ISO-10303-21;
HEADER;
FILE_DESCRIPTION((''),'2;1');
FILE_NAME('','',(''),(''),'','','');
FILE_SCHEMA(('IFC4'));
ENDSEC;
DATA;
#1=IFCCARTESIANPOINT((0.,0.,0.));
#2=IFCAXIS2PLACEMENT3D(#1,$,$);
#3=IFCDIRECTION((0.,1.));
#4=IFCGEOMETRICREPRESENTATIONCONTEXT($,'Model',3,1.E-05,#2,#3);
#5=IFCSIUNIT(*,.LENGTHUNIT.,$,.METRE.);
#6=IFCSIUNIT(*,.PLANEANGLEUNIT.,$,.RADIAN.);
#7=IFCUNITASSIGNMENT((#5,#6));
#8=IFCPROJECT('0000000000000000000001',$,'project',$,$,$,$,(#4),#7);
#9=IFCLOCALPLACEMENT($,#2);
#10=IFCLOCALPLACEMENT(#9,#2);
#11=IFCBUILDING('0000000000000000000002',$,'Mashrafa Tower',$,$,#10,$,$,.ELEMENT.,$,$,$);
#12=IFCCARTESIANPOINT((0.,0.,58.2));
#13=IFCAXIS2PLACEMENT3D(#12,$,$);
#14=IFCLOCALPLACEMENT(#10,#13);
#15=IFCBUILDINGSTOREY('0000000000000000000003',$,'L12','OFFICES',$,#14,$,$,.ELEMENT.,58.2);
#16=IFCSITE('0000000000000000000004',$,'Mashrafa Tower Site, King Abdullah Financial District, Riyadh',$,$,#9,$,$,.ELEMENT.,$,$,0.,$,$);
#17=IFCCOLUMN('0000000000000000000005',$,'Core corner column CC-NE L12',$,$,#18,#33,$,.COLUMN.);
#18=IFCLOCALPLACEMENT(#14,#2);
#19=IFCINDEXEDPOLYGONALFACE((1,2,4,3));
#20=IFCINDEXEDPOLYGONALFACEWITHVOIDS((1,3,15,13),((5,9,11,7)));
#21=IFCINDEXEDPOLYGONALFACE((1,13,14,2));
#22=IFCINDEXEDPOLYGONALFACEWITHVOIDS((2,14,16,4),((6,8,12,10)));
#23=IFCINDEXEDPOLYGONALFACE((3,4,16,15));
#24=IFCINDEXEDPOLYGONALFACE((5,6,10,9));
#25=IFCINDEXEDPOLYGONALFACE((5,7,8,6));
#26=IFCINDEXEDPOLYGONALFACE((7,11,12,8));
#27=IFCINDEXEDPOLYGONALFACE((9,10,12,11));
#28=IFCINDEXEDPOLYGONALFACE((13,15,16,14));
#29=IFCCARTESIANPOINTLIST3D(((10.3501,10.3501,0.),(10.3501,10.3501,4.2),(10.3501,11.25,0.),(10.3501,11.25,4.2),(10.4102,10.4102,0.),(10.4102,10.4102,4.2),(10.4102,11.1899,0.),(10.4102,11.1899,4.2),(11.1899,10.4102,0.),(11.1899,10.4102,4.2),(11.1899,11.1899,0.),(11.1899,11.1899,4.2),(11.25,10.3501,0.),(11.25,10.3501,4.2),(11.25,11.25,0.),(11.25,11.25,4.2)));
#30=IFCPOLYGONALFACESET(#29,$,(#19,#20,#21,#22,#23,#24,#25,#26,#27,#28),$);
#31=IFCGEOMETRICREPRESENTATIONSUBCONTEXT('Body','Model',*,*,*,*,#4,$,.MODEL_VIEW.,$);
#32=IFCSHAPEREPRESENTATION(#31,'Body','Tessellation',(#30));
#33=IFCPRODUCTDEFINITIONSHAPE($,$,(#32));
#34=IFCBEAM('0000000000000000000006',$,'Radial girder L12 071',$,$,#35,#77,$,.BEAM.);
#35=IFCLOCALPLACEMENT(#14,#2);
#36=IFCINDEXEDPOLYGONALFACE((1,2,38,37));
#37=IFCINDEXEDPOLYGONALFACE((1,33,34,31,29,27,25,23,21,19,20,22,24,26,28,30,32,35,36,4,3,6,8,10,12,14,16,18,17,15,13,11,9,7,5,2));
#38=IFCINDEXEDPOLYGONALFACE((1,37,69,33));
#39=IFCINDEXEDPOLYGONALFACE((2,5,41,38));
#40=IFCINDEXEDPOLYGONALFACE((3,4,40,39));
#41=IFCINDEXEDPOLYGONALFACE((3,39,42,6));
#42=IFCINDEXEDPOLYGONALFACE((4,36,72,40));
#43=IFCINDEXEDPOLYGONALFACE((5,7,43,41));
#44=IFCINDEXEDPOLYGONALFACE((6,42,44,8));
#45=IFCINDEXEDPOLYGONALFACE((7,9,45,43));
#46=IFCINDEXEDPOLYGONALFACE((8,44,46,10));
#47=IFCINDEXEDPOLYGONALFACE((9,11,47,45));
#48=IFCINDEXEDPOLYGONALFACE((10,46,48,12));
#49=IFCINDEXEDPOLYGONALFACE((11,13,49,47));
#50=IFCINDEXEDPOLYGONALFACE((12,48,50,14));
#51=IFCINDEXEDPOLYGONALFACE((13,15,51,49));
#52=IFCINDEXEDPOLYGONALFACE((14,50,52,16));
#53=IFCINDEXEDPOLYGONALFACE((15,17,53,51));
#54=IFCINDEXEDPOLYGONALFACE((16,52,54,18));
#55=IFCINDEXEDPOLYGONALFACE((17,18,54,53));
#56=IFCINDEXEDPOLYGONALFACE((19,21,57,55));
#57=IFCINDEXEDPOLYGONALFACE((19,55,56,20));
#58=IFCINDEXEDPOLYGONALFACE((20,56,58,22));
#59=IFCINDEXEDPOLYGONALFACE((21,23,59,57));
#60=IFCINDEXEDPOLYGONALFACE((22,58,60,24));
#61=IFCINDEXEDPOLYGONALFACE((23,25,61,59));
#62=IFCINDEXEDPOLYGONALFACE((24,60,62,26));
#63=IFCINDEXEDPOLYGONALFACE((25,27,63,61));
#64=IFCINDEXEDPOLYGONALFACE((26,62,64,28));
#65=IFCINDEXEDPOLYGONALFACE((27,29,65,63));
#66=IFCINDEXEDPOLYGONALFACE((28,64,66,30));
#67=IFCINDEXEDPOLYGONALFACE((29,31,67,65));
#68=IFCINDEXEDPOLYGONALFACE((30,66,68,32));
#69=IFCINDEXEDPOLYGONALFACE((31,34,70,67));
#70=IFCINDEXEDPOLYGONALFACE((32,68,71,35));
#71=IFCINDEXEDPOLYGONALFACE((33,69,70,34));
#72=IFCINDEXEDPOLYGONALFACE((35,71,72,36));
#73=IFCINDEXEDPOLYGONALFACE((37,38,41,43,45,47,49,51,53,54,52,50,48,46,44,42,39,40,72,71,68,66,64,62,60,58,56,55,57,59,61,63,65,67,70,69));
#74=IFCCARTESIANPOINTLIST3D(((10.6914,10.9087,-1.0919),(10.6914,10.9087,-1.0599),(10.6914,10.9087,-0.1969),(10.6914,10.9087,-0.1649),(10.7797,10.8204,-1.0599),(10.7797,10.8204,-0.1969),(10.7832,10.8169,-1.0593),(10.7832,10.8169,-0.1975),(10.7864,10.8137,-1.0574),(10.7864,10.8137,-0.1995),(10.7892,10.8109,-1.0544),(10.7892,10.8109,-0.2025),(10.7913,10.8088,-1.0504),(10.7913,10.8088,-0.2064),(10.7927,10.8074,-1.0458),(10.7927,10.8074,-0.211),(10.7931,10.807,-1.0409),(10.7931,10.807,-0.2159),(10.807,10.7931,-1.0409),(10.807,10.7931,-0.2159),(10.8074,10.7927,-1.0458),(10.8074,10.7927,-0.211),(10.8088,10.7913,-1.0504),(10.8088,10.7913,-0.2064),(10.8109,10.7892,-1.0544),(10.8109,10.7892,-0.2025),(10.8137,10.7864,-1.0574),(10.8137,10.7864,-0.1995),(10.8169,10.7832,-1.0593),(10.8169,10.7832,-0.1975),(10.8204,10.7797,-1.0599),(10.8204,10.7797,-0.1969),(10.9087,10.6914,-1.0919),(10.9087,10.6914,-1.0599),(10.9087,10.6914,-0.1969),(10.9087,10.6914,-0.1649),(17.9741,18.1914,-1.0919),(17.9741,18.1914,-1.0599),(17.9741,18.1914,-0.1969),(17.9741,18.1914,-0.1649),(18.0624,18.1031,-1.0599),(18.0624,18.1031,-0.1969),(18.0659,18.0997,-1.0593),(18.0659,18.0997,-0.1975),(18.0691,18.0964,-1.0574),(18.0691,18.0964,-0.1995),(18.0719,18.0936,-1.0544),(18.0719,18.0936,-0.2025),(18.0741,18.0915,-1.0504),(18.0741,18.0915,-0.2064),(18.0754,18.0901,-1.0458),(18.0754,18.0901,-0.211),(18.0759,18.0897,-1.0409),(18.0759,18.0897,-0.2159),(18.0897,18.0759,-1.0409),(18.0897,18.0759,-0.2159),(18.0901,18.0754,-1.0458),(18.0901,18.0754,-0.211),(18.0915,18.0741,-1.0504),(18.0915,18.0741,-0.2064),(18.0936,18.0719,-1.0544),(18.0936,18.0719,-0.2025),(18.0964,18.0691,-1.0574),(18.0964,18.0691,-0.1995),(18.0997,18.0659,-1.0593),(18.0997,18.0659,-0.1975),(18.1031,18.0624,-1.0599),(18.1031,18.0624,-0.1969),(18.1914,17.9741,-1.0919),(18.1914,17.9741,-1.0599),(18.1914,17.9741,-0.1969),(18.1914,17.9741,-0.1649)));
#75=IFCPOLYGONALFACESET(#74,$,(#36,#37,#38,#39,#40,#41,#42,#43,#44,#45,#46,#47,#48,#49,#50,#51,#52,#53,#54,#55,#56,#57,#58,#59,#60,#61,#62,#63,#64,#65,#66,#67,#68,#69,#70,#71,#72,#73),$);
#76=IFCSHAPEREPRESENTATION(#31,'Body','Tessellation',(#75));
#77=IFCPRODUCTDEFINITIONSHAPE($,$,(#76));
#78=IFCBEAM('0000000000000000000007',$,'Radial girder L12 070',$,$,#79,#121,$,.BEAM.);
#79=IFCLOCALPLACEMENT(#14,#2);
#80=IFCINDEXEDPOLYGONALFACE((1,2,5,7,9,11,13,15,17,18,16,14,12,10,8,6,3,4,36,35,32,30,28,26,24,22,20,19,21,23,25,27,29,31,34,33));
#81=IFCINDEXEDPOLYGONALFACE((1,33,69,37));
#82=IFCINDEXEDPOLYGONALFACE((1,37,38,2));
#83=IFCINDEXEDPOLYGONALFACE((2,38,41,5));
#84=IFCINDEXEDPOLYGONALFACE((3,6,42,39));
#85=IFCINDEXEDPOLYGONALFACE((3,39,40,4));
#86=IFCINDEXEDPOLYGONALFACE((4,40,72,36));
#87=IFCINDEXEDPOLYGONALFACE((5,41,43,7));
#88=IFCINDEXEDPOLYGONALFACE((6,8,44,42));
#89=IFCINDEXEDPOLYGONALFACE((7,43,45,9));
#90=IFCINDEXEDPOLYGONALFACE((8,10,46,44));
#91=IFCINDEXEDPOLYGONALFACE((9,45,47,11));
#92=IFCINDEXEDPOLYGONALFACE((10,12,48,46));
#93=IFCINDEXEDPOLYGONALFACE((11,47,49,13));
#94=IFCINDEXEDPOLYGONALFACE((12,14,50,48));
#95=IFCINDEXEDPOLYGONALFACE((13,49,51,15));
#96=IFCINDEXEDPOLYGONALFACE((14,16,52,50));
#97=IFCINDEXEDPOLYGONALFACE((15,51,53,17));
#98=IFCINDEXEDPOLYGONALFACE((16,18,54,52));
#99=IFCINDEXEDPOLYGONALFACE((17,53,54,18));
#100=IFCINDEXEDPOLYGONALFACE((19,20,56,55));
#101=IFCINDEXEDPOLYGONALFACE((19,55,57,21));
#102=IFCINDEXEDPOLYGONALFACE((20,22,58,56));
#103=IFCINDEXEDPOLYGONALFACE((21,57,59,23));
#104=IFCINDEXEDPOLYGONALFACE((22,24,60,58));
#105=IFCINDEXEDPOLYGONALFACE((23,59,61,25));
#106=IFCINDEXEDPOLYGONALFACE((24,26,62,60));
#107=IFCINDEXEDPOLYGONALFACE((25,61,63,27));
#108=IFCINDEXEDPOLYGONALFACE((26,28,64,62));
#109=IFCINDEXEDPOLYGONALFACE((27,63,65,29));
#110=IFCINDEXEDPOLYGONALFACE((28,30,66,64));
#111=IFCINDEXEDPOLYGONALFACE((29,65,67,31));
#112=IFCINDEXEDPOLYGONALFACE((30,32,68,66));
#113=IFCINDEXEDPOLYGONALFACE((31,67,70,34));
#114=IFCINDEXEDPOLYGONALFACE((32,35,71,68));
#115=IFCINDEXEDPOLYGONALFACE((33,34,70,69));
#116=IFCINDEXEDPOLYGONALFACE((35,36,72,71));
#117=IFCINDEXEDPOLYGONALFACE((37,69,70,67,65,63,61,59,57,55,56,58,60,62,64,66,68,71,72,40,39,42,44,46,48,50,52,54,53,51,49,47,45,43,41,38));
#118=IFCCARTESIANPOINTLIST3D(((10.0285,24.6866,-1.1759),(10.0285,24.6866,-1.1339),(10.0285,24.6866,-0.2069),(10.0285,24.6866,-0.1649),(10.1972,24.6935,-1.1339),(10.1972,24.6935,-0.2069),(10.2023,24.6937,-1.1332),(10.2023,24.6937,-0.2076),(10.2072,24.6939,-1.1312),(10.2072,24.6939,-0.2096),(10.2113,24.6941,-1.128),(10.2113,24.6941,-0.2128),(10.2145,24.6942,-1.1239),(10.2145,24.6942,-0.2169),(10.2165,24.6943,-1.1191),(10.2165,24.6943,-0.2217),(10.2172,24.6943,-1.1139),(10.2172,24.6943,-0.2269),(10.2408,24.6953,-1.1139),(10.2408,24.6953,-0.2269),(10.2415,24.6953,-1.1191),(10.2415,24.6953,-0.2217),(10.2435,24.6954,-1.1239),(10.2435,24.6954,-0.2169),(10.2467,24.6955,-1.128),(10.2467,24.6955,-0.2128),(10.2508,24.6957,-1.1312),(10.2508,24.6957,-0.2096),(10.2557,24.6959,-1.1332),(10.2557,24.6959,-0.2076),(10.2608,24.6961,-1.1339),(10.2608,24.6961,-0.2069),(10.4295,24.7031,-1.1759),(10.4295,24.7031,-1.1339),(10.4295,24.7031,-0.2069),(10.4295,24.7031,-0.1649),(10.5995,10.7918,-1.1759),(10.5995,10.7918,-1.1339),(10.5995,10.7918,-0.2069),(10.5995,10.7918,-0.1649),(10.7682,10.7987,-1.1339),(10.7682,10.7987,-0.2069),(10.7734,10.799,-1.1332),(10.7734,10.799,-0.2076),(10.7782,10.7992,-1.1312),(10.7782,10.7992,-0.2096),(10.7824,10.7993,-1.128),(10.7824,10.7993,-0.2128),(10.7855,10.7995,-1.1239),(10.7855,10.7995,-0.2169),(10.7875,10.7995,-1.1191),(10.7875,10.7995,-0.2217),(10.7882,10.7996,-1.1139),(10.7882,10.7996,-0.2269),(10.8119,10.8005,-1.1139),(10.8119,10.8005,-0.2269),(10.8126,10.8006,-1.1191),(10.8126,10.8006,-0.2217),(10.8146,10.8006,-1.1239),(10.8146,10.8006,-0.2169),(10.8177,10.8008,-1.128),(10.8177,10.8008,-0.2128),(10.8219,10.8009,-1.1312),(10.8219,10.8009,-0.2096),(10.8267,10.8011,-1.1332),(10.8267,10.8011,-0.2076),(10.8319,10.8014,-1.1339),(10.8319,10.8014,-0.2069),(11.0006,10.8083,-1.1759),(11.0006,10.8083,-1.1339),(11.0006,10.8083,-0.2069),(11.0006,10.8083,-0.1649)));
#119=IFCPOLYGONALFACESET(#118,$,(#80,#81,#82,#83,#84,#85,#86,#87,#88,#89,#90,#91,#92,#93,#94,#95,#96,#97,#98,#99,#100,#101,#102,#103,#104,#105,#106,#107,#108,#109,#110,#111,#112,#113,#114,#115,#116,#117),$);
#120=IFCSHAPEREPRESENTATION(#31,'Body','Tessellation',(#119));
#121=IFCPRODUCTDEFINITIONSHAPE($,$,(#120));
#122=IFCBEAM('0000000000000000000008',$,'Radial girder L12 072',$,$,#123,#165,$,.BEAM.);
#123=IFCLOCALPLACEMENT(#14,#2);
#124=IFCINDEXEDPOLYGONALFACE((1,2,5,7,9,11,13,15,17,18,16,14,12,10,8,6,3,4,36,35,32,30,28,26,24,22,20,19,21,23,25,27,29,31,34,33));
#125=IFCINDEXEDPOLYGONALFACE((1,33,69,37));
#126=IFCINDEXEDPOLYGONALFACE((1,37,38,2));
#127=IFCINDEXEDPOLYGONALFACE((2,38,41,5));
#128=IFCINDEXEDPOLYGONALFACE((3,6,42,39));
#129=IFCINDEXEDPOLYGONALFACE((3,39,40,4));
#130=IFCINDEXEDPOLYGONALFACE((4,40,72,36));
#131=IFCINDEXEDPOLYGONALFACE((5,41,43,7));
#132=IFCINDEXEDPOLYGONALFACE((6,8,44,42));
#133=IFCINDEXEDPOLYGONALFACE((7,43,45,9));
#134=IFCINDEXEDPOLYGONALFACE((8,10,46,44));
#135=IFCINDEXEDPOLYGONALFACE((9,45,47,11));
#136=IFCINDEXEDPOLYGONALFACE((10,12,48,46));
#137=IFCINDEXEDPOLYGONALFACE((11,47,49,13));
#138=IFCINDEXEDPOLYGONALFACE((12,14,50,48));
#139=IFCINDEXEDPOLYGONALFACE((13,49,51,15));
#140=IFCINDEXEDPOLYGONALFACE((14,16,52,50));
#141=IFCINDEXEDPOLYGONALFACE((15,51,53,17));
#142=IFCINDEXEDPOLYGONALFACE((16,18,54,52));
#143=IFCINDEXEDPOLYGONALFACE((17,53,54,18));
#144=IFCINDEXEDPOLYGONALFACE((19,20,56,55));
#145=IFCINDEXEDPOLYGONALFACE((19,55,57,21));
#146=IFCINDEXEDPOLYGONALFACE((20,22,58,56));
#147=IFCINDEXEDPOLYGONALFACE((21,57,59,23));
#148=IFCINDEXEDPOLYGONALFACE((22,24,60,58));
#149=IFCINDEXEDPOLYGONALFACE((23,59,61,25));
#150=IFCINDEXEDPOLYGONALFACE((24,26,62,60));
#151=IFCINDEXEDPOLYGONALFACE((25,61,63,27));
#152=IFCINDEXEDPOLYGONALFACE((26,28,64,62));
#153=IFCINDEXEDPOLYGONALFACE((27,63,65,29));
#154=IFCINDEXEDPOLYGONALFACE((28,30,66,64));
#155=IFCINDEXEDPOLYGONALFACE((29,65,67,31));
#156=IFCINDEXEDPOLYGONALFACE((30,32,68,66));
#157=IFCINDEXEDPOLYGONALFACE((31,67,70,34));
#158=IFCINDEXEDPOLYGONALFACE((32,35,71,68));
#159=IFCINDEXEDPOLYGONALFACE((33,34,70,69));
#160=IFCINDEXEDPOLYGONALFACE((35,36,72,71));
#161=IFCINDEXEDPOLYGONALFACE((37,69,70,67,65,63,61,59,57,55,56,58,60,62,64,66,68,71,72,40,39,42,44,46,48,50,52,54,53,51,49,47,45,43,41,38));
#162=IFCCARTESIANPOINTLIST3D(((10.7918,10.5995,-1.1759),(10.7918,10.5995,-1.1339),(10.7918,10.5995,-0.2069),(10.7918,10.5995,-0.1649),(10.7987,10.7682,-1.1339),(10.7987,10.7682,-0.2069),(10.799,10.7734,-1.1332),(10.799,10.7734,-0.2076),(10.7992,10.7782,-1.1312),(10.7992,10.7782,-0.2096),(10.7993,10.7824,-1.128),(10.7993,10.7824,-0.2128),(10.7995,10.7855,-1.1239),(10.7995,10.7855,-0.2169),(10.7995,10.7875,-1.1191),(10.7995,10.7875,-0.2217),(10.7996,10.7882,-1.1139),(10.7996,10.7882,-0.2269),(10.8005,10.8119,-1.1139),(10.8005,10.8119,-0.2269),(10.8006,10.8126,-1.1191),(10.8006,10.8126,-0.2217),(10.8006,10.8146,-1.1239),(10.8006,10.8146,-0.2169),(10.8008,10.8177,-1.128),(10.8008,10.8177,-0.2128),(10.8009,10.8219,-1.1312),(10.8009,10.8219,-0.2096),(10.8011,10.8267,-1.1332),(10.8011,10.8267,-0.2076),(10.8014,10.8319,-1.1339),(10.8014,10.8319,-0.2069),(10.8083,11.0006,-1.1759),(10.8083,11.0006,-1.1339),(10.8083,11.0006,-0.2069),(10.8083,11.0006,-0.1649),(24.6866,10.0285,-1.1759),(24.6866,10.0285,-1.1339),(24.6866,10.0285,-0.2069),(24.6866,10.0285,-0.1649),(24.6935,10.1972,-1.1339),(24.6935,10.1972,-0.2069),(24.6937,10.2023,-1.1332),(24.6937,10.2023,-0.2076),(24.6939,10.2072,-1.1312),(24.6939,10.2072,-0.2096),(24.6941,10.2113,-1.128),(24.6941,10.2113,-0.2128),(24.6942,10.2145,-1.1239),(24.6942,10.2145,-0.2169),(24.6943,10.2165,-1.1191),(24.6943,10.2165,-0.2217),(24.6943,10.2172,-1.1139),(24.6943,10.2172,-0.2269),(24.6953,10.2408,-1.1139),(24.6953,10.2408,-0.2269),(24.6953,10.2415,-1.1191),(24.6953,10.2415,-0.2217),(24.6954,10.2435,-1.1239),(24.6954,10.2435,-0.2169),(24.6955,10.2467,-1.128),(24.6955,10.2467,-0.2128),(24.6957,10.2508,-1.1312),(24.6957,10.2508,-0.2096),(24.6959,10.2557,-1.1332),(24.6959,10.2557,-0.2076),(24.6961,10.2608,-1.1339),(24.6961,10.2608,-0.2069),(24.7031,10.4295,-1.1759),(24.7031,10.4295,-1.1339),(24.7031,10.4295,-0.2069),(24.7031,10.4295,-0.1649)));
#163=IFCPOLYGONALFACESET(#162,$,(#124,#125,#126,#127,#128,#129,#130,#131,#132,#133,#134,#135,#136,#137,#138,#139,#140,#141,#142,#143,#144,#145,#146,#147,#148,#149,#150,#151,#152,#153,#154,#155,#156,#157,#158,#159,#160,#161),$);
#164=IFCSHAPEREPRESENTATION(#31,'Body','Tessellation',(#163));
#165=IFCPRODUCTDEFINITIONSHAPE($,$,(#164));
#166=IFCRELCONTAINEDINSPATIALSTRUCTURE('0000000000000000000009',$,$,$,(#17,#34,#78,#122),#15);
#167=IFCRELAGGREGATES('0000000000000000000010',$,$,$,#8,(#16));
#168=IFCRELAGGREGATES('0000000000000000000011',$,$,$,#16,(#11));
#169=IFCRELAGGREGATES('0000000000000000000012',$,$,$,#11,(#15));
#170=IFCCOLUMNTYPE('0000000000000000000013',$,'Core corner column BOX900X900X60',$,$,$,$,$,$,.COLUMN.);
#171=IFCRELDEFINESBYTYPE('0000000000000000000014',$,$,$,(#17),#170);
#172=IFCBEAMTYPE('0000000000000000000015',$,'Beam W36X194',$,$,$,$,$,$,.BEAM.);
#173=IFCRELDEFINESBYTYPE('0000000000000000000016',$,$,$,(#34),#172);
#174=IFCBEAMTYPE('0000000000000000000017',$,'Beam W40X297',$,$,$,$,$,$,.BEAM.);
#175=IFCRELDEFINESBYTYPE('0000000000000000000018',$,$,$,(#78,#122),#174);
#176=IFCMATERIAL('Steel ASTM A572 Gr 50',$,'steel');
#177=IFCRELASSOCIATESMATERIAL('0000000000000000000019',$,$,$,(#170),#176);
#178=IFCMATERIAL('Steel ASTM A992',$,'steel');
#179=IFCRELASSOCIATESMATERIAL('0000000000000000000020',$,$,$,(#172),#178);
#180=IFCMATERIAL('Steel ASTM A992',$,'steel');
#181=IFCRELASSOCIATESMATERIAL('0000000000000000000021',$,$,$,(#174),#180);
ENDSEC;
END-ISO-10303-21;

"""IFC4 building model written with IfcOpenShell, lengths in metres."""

from ifc_helpers import new_model, si_unit, direction, frame, origin, origin_2d, place, context, subcontext, project, spatial, hollow_rectangle, i_section, extrude, material, material_profile, profile_set, type_object, element, save


model = new_model("IFC4")

# Units and contexts
model_context = context("Model", 3, precision=1e-05, world=origin(), true_north=direction((0.0, 1.0)))
body_context = subcontext(model_context, "Body", "Model", "MODEL_VIEW")
ifc_project = project(units=[si_unit("LENGTHUNIT", "METRE"), si_unit("PLANEANGLEUNIT", "RADIAN")], contexts=[model_context])

# Site, building, storey
site_placement = place(None, origin())
site = spatial("IfcSite", under=ifc_project, at=site_placement, Name="Mashrafa Tower Site, King Abdullah Financial District, Riyadh", CompositionType="ELEMENT", RefElevation=0.0)
building_placement = place(site_placement, origin())
building = spatial("IfcBuilding", under=site, at=building_placement, Name="Mashrafa Tower", CompositionType="ELEMENT")
storey_placement = place(building_placement, frame((0.0, 0.0, 58.2)))
storey = spatial("IfcBuildingStorey", under=building, at=storey_placement, Name="L12", Description="OFFICES", CompositionType="ELEMENT", Elevation=58.2)

# Column
ifc_material_1 = material(Name="Steel ASTM A572 Gr 50", Category="steel")
ifc_material_profile_1 = material_profile(ifc_material_1, hollow_rectangle(XDim=0.8999, YDim=0.8999, WallThickness=0.0601, at=origin_2d()), Name="BOX900X900X60")
ifc_profile_set_1 = profile_set([ifc_material_profile_1], Name="Steel ASTM A572 Gr 50")
column_type = type_object("IfcColumnType", Name="Core corner column BOX900X900X60", PredefinedType="COLUMN", material=ifc_profile_set_1)
column_placement = place(storey_placement, frame((10.8, 10.8, 0.0), z_axis=(0.0, 0.0, 1.0), x_axis=(1.0, 0.0, 0.0)))
element("IfcColumn", 1, at=column_placement, inside=storey, type_object=column_type, Name="Core corner column CC-NE L12", PredefinedType="COLUMN", context=body_context, shape_type="SweptSolid", body=[
    extrude(hollow_rectangle(XDim=0.8999, YDim=0.8999, WallThickness=0.0601, at=origin_2d()), origin(), (0.0, 0.0, 1.0), 4.2),
])

# Beams
ifc_material_2 = material(Name="Steel ASTM A992", Category="steel")
ifc_material_profile_2 = material_profile(ifc_material_2, i_section(OverallWidth=0.3074, OverallDepth=0.927, WebThickness=0.0195, FlangeThickness=0.032, FilletRadius=0.019, at=origin_2d()), Name="W36X194")
ifc_profile_set_2 = profile_set([ifc_material_profile_2], Name="Steel ASTM A992")
beam_type_1 = type_object("IfcBeamType", Name="Beam W36X194", PredefinedType="BEAM", material=ifc_profile_set_2)
beam_1_placement = place(storey_placement, frame((10.8, 10.8, -0.6284), z_axis=(0.707107, 0.707107, 0.0), x_axis=(-0.707107, 0.707107, 0.0)))
element("IfcBeam", 2, at=beam_1_placement, inside=storey, type_object=beam_type_1, Name="Radial girder L12 071", PredefinedType="BEAM", context=body_context, shape_type="SweptSolid", body=[
    extrude(i_section(OverallWidth=0.3074, OverallDepth=0.927, WebThickness=0.0195, FlangeThickness=0.032, FilletRadius=0.019, at=origin_2d()), origin(), (0.0, 0.0, 1.0), 10.2993),
])
ifc_material_3 = material(Name="Steel ASTM A992", Category="steel")
ifc_material_profile_3 = material_profile(ifc_material_3, i_section(OverallWidth=0.4014, OverallDepth=1.011, WebThickness=0.0237, FlangeThickness=0.042, FilletRadius=0.02, at=origin_2d()), Name="W40X297")
ifc_profile_set_3 = profile_set([ifc_material_profile_3], Name="Steel ASTM A992")
beam_type_2 = type_object("IfcBeamType", Name="Beam W40X297", PredefinedType="BEAM", material=ifc_profile_set_3)
for number, where, z_axis, x_axis, name in (
    (3, (10.8, 10.8, -0.6704), (-0.041063, 0.999157, 0.0), (-0.999157, -0.041063, 0.0), "Radial girder L12 070"),
    (4, (10.8, 10.8, -0.6704), (0.999157, -0.041063, 0.0), (0.041063, 0.999157, 0.0), "Radial girder L12 072"),
):
    element("IfcBeam", number, at=place(storey_placement, frame(where, z_axis=z_axis, x_axis=x_axis)), inside=storey, type_object=beam_type_2, Name=name, PredefinedType="BEAM", context=body_context, shape_type="SweptSolid", body=[
        extrude(i_section(OverallWidth=0.4014, OverallDepth=1.011, WebThickness=0.0237, FlangeThickness=0.042, FilletRadius=0.02, at=origin_2d()), origin(), (0.0, 0.0, 1.0), 13.9065),
    ])

save(model, "model.ifc")
